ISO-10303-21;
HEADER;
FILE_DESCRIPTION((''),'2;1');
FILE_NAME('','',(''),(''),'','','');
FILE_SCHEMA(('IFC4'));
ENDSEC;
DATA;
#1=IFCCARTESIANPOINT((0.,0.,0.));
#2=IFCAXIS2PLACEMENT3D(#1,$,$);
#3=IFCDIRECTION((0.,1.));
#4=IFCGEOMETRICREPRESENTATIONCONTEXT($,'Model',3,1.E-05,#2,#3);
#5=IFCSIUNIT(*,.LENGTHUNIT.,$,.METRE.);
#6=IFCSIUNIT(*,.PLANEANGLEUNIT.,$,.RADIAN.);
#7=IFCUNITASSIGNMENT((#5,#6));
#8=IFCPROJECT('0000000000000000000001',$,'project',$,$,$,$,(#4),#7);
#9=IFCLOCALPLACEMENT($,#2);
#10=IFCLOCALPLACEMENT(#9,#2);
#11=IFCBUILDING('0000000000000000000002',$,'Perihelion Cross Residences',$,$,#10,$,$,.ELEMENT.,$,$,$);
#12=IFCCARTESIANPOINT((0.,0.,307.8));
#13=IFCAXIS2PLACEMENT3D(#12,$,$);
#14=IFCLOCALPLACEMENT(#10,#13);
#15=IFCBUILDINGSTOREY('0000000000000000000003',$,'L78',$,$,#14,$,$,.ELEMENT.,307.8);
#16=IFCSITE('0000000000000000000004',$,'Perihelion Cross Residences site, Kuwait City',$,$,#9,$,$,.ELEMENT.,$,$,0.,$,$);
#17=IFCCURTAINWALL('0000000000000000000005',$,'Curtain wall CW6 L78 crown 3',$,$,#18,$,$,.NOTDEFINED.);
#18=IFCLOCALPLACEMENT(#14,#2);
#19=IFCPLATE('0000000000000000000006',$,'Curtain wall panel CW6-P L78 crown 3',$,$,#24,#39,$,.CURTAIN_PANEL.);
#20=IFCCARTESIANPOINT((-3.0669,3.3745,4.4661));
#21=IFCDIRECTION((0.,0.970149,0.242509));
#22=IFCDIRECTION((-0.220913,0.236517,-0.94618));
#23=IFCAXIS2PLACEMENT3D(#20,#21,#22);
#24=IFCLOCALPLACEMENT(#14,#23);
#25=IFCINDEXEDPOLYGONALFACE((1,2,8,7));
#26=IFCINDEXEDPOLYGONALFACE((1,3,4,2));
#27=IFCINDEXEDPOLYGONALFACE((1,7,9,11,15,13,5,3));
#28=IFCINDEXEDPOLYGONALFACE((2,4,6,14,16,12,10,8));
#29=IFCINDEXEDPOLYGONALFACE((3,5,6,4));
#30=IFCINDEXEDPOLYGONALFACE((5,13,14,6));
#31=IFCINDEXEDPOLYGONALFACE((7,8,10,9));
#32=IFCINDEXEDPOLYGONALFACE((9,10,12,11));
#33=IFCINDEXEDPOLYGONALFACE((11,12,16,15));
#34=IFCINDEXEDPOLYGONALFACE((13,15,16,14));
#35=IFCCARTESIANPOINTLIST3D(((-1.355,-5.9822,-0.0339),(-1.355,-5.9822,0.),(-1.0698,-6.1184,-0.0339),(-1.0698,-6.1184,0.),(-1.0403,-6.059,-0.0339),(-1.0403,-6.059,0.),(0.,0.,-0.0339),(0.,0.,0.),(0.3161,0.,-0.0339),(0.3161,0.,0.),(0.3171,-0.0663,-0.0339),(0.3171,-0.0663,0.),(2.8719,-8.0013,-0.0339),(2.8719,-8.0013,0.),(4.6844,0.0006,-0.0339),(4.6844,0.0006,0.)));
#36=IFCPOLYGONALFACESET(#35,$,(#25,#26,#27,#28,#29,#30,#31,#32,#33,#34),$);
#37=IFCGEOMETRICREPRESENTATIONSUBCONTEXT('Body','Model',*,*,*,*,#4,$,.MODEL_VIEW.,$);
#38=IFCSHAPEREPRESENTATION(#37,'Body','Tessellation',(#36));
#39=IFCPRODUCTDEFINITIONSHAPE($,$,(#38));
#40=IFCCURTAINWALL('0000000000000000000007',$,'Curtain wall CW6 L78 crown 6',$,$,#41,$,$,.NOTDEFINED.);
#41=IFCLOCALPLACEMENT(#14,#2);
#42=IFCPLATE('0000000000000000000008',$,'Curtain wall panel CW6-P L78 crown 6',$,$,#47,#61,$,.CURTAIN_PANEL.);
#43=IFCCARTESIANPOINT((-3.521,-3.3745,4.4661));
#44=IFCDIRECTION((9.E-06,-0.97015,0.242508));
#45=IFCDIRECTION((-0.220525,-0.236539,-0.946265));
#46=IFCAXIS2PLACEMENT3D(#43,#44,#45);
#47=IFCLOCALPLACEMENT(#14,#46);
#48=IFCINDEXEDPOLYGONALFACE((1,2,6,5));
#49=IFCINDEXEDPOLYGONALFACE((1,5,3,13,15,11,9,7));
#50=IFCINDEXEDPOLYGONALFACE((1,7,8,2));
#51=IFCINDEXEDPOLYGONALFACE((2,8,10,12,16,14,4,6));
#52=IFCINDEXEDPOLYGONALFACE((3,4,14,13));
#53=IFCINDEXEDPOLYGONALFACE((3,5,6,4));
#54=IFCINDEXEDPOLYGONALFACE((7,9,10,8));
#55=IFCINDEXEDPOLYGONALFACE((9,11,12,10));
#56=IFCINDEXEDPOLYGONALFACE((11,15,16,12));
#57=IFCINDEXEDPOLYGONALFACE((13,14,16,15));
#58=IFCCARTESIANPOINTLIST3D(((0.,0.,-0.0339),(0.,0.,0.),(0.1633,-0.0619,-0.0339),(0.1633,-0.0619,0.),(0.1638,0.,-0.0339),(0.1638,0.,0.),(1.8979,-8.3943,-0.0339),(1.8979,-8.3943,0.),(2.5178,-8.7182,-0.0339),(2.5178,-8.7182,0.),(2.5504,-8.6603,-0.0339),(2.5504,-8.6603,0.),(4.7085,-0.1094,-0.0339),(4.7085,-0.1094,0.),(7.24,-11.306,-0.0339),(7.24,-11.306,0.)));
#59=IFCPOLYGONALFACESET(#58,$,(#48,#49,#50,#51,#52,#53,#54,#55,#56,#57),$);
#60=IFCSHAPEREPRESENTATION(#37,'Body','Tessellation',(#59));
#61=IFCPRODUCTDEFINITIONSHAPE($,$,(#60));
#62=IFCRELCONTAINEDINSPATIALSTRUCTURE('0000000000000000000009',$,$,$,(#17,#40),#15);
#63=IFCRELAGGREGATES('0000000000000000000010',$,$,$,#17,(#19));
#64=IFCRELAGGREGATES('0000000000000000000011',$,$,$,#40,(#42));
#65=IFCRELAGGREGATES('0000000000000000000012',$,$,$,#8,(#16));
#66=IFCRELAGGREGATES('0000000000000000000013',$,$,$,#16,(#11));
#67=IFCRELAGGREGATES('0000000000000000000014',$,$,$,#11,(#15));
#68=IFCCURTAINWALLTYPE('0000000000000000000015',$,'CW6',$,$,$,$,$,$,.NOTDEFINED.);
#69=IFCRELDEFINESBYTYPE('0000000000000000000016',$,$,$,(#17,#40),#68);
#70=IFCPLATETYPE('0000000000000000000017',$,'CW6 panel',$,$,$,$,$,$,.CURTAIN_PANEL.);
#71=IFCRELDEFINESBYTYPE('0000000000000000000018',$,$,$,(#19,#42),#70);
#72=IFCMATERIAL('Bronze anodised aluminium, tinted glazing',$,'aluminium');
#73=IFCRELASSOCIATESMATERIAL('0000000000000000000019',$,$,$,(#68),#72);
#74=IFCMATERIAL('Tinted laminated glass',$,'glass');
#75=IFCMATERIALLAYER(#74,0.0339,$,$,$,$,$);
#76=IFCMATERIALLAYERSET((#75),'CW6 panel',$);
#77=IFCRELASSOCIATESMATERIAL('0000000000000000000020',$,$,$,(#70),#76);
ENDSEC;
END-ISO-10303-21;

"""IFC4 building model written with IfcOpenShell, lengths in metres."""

from ifc_helpers import new_model, si_unit, direction, frame, origin, place, context, subcontext, project, spatial, polyline, outline, extrude, material, layer, layer_set, type_object, element, aggregate, save


model = new_model("IFC4")

# Units and contexts
model_context = context("Model", 3, precision=1e-05, world=origin(), true_north=direction((0.0, 1.0)))
body_context = subcontext(model_context, "Body", "Model", "MODEL_VIEW")
ifc_project = project(units=[si_unit("LENGTHUNIT", "METRE"), si_unit("PLANEANGLEUNIT", "RADIAN")], contexts=[model_context])

# Site, building, storey
site_placement = place(None, origin())
site = spatial("IfcSite", under=ifc_project, at=site_placement, Name="Perihelion Cross Residences site, Kuwait City", CompositionType="ELEMENT", RefElevation=0.0)
building_placement = place(site_placement, origin())
building = spatial("IfcBuilding", under=site, at=building_placement, Name="Perihelion Cross Residences", CompositionType="ELEMENT")
storey_placement = place(building_placement, frame((0.0, 0.0, 307.8)))
storey = spatial("IfcBuildingStorey", under=building, at=storey_placement, Name="L78", CompositionType="ELEMENT", Elevation=307.8)

# Shared definitions
ifc_material_1 = material(Name="Bronze anodised aluminium, tinted glazing", Category="aluminium")
curtain_wall_type = type_object("IfcCurtainWallType", Name="CW6", PredefinedType="NOTDEFINED", material=ifc_material_1)

# Curtain walls, plates
curtain_wall_1_placement = place(storey_placement, origin())
curtain_wall_1 = element("IfcCurtainWall", 1, at=curtain_wall_1_placement, inside=storey, type_object=curtain_wall_type, Name="Curtain wall CW6 L78 crown 3", PredefinedType="NOTDEFINED")
ifc_material_2 = material(Name="Tinted laminated glass", Category="glass")
ifc_layer = layer(ifc_material_2, 0.0339)
ifc_layer_set = layer_set([ifc_layer], Name="CW6 panel")
plate_type = type_object("IfcPlateType", Name="CW6 panel", PredefinedType="CURTAIN_PANEL", material=ifc_layer_set)
plate_1_placement = place(storey_placement, frame((-3.0669, 3.3745, 4.4661), z_axis=(0.0, 0.970149, 0.242509), x_axis=(-0.220913, 0.236517, -0.94618)))
plate_1 = element("IfcPlate", 2, at=plate_1_placement, type_object=plate_type, Name="Curtain wall panel CW6-P L78 crown 3", PredefinedType="CURTAIN_PANEL", context=body_context, shape_type="SweptSolid", body=[
    extrude(outline(polyline([(0.0, 0.0), (0.3161, 0.0), (0.3171, -0.0663), (4.6844, 0.0006), (2.8719, -8.0013), (-1.0403, -6.059), (-1.0698, -6.1184), (-1.355, -5.9822), (0.0, 0.0)])), origin(), (0.0, 0.0, -1.0), 0.0339),
])
aggregate(curtain_wall_1, [plate_1])
curtain_wall_2_placement = place(storey_placement, origin())
curtain_wall_2 = element("IfcCurtainWall", 3, at=curtain_wall_2_placement, inside=storey, type_object=curtain_wall_type, Name="Curtain wall CW6 L78 crown 6", PredefinedType="NOTDEFINED")
plate_2_placement = place(storey_placement, frame((-3.521, -3.3745, 4.4661), z_axis=(0.000009, -0.97015, 0.242508), x_axis=(-0.220525, -0.236539, -0.946265)))
plate_2 = element("IfcPlate", 4, at=plate_2_placement, type_object=plate_type, Name="Curtain wall panel CW6-P L78 crown 6", PredefinedType="CURTAIN_PANEL", context=body_context, shape_type="SweptSolid", body=[
    extrude(outline(polyline([(0.0, 0.0), (0.1638, 0.0), (0.1633, -0.0619), (4.7085, -0.1094), (7.24, -11.306), (2.5504, -8.6603), (2.5178, -8.7182), (1.8979, -8.3943), (0.0, 0.0)])), origin(), (0.0, 0.0, -1.0), 0.0339),
])
aggregate(curtain_wall_2, [plate_2])

save(model, "model.ifc")
